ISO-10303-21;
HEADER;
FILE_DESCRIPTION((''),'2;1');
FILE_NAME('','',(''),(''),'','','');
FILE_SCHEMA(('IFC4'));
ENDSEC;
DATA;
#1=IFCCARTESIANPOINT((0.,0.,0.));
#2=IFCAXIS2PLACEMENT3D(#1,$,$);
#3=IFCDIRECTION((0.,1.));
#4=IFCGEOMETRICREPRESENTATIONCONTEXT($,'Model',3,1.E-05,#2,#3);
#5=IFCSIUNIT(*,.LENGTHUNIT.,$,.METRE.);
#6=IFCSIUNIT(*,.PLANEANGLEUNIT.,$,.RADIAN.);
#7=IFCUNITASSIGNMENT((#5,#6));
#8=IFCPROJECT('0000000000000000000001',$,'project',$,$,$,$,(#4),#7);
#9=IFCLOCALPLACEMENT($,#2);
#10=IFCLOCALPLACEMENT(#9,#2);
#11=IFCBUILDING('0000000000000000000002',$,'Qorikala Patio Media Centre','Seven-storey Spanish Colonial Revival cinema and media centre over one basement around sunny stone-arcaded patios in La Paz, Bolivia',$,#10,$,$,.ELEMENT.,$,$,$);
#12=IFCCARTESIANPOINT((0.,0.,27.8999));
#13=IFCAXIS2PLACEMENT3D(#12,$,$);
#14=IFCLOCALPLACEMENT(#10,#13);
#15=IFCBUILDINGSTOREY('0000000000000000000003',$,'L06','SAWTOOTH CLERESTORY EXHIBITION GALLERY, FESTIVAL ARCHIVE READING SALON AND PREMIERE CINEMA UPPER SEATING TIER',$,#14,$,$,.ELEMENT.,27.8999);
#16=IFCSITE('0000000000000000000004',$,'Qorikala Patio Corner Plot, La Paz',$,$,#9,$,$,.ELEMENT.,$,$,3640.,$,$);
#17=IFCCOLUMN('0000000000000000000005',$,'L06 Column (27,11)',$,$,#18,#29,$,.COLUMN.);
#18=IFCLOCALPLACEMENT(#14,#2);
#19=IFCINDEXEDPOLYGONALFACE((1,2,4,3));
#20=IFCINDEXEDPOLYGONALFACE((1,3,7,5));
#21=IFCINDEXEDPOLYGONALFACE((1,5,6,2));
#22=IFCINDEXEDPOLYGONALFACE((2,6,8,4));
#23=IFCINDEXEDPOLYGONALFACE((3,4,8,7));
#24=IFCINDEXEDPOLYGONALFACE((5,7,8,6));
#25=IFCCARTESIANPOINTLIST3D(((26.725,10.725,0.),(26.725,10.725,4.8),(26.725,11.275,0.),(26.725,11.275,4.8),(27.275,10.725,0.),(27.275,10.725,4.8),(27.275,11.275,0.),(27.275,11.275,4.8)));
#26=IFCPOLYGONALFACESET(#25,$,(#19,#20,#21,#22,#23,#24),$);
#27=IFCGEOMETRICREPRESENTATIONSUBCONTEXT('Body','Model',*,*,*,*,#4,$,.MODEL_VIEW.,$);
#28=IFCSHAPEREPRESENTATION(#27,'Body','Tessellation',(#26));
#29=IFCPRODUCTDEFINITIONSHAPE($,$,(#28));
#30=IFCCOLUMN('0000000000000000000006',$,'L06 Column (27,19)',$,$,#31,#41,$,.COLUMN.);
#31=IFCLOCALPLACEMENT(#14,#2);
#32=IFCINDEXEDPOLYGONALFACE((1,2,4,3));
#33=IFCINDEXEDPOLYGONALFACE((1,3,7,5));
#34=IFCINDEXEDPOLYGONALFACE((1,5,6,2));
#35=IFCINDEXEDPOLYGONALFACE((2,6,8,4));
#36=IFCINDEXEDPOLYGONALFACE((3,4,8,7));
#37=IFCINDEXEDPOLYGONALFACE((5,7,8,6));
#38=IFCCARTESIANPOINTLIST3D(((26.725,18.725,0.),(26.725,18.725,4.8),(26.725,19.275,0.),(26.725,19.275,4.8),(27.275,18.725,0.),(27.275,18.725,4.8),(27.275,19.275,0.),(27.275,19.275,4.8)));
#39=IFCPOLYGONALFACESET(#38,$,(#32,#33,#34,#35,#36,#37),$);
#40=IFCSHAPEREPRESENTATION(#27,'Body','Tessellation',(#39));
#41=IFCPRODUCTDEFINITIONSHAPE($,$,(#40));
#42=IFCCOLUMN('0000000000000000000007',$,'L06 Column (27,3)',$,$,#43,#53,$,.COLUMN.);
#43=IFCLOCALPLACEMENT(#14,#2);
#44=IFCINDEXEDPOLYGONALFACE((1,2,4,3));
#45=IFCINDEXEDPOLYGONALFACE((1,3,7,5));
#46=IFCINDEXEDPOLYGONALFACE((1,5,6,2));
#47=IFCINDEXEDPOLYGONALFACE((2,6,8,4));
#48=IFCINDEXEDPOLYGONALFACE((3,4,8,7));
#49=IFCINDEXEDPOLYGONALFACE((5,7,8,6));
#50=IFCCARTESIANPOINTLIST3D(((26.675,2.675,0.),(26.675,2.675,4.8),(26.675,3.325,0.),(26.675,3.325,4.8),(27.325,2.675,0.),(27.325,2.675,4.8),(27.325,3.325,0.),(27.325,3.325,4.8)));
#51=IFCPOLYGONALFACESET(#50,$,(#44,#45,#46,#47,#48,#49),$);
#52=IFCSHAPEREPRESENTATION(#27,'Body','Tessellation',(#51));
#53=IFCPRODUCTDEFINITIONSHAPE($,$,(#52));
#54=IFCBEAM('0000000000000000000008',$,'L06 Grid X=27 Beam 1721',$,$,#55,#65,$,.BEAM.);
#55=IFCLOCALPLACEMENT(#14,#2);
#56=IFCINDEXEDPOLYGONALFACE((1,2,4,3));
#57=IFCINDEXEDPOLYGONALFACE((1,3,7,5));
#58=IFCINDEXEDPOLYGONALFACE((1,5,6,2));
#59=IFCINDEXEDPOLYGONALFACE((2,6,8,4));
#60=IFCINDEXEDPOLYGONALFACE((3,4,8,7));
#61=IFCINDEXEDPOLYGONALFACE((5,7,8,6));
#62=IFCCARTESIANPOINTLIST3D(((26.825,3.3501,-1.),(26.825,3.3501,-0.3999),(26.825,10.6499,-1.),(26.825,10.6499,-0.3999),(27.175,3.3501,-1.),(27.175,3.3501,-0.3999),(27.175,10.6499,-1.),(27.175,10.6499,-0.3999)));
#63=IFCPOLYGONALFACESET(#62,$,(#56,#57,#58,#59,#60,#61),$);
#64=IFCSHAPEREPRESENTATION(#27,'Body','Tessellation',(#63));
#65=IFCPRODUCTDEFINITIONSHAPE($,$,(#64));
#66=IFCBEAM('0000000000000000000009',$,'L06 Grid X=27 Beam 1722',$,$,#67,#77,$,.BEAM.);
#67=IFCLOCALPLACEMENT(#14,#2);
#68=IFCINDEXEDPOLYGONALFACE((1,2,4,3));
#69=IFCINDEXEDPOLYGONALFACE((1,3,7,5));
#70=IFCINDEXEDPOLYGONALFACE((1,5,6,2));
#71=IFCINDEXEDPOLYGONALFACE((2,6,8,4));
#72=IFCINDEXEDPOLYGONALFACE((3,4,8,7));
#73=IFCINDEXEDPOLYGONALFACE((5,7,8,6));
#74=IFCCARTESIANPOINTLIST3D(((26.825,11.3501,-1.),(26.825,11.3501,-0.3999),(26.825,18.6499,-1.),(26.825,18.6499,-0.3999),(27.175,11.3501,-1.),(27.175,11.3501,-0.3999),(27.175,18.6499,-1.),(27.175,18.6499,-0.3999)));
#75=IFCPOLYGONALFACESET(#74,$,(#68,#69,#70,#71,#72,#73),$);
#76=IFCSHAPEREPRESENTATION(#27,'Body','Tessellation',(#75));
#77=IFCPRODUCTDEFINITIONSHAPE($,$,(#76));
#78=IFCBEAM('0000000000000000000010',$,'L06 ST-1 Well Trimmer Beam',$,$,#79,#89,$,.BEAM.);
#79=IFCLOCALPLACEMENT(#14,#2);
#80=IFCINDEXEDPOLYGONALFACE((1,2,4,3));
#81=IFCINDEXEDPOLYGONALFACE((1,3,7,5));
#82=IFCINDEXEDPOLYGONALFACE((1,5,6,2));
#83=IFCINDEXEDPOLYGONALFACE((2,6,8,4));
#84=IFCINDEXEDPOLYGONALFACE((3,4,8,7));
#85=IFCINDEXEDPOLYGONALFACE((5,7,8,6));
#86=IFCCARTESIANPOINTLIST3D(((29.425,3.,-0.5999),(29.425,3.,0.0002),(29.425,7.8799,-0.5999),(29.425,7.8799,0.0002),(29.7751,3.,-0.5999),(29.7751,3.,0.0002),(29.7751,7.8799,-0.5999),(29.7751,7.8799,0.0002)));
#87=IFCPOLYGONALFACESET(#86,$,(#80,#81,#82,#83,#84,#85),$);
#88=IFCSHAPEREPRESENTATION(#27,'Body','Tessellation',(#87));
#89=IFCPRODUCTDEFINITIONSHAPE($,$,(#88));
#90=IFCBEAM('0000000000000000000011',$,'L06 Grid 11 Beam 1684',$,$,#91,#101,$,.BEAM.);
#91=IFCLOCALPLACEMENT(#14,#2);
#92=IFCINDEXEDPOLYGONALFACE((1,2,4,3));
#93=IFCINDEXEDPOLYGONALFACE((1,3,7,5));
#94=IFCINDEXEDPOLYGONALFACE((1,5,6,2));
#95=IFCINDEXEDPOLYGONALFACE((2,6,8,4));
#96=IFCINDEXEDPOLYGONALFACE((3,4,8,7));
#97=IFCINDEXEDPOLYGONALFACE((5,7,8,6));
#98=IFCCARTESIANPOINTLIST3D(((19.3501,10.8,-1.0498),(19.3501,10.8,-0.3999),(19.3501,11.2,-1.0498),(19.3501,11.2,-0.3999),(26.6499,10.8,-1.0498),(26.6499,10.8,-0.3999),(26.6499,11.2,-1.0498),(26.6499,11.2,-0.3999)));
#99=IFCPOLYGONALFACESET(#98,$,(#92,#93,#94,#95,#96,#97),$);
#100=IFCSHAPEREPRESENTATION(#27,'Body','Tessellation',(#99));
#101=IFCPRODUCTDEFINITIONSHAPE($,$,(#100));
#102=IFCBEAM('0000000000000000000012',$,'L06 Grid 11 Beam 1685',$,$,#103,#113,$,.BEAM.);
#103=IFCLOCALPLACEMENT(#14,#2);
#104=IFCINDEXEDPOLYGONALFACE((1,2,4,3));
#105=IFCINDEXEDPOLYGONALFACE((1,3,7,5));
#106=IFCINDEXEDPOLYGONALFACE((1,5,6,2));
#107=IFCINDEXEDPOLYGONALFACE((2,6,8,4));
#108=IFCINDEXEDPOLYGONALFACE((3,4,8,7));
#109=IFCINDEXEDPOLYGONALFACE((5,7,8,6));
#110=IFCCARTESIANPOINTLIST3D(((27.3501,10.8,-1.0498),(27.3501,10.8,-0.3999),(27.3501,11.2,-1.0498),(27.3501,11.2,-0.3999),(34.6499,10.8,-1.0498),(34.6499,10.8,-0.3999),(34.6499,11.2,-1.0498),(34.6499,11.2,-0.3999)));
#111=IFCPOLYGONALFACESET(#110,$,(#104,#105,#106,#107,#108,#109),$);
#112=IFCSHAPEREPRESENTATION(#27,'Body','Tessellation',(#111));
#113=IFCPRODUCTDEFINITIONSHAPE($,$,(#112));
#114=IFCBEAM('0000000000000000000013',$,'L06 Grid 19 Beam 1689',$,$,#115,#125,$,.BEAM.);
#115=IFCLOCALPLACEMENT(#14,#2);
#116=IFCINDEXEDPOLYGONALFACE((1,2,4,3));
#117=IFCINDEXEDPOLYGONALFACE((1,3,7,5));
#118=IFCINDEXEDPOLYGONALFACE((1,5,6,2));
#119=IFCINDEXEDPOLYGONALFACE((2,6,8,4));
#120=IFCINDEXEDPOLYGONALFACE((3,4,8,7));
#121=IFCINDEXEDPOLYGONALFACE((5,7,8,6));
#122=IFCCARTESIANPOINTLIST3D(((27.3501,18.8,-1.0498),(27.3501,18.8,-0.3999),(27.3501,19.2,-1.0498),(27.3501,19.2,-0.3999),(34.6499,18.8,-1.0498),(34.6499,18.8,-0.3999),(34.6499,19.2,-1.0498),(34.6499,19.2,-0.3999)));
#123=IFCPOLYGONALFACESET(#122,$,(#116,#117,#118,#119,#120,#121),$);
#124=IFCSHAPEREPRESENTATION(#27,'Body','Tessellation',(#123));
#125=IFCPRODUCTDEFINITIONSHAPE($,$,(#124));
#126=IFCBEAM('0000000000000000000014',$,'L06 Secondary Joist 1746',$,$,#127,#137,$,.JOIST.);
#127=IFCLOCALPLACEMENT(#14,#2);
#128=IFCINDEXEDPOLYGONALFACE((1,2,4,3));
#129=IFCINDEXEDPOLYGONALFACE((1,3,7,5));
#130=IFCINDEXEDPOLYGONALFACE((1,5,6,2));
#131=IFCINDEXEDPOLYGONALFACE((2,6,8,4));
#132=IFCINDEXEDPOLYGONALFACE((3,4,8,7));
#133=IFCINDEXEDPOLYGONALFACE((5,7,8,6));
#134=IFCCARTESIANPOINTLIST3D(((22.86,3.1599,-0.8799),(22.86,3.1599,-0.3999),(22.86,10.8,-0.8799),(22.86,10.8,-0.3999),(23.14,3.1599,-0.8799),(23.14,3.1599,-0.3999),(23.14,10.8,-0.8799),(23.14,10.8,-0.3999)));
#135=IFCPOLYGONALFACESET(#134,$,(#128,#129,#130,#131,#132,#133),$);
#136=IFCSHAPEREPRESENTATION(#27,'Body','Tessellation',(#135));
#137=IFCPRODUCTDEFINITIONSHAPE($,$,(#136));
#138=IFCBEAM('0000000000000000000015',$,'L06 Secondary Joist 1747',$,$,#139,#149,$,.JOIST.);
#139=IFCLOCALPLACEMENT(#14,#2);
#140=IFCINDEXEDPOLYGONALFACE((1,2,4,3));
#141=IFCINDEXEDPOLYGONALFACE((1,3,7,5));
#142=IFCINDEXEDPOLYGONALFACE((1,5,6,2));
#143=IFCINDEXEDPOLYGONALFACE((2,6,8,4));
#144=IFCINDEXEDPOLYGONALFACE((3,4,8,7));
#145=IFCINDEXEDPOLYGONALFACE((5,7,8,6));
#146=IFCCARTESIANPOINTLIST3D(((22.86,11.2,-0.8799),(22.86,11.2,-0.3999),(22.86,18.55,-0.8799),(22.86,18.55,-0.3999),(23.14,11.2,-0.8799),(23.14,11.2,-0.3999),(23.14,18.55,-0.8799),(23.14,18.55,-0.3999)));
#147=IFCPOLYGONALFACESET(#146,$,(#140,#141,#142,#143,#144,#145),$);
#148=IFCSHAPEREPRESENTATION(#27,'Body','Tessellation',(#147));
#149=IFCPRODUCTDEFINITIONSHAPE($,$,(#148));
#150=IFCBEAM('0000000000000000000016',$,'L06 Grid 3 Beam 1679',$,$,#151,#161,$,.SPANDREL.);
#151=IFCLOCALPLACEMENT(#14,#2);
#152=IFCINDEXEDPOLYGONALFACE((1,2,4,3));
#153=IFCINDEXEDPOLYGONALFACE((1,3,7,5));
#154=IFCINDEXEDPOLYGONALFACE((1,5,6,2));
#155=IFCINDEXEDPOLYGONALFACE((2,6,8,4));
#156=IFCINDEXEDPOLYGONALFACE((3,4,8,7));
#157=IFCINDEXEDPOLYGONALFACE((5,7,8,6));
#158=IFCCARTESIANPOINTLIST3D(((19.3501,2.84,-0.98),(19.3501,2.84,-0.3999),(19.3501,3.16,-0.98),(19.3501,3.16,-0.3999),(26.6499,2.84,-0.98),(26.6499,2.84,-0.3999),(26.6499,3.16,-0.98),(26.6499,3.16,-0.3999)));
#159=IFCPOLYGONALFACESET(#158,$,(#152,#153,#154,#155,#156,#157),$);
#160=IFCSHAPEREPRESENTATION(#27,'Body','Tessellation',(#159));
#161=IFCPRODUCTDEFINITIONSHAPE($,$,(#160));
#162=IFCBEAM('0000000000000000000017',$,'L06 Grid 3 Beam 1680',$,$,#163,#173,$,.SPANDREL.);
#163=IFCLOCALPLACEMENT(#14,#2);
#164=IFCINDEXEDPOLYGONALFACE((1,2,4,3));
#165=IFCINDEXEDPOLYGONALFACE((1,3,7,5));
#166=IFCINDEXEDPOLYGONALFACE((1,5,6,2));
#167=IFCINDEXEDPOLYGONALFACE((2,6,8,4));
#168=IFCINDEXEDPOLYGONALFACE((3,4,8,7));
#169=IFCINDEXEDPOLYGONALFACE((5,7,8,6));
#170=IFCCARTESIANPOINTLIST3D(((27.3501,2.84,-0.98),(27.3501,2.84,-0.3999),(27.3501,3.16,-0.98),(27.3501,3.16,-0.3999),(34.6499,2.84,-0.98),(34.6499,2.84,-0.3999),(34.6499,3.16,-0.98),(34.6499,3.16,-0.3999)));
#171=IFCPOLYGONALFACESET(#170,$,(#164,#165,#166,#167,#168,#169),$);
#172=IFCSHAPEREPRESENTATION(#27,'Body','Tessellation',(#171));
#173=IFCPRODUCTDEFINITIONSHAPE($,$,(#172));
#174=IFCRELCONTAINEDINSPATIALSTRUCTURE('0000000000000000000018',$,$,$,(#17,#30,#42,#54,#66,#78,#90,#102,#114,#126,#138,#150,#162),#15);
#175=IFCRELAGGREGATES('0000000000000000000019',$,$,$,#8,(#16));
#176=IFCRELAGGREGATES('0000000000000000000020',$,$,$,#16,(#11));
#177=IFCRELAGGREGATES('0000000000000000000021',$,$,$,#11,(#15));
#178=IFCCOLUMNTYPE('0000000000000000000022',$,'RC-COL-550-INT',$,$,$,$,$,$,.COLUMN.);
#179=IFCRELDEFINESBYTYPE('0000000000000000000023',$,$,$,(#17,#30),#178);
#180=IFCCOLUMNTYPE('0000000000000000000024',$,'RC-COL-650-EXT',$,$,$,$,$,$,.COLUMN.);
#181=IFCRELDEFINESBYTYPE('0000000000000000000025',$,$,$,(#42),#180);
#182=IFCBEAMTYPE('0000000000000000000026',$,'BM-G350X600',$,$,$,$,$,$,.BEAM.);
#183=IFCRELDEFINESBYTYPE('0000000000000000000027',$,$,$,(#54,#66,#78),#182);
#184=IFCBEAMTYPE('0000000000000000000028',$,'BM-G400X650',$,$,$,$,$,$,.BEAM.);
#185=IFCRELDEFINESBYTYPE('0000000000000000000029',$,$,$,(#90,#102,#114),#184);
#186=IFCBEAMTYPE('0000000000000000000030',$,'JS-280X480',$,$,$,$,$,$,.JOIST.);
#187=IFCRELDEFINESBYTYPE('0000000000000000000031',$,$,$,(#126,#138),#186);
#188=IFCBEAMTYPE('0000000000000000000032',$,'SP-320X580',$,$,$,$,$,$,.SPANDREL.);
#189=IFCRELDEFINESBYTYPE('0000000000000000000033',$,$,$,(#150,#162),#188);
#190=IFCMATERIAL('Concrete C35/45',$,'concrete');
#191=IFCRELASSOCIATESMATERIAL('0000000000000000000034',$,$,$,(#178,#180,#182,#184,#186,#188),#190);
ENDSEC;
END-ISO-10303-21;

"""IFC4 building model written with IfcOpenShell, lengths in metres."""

from ifc_helpers import new_model, si_unit, direction, frame, origin, origin_2d, place, context, subcontext, project, spatial, rectangle, extrude, material, material_profile, profile_set, type_object, element, save


model = new_model("IFC4")

# Units and contexts
model_context = context("Model", 3, precision=1e-05, world=origin(), true_north=direction((0.0, 1.0)))
body_context = subcontext(model_context, "Body", "Model", "MODEL_VIEW")
ifc_project = project(units=[si_unit("LENGTHUNIT", "METRE"), si_unit("PLANEANGLEUNIT", "RADIAN")], contexts=[model_context])

# Site, building, storey
site_placement = place(None, origin())
site = spatial("IfcSite", under=ifc_project, at=site_placement, Name="Qorikala Patio Corner Plot, La Paz", CompositionType="ELEMENT", RefElevation=3640.0)
building_placement = place(site_placement, origin())
building = spatial("IfcBuilding", under=site, at=building_placement, Name="Qorikala Patio Media Centre", Description="Seven-storey Spanish Colonial Revival cinema and media centre over one basement around sunny stone-arcaded patios in La Paz, Bolivia", CompositionType="ELEMENT")
storey_placement = place(building_placement, frame((0.0, 0.0, 27.8999)))
storey = spatial("IfcBuildingStorey", under=building, at=storey_placement, Name="L06", Description="SAWTOOTH CLERESTORY EXHIBITION GALLERY, FESTIVAL ARCHIVE READING SALON AND PREMIERE CINEMA UPPER SEATING TIER", CompositionType="ELEMENT", Elevation=27.8999)

# Columns
ifc_material_1 = material(Name="Concrete C35/45", Category="concrete")
ifc_material_profile_1 = material_profile(ifc_material_1, rectangle(XDim=0.55, YDim=0.55, at=origin_2d()), Name="RC 550x550")
ifc_profile_set_1 = profile_set([ifc_material_profile_1], Name="Concrete C35/45")
column_type_1 = type_object("IfcColumnType", Name="RC-COL-550-INT", PredefinedType="COLUMN", material=ifc_profile_set_1)
for number, where, z_axis, x_axis, name in (
    (1, (27.0, 11.0, 0.0), (0.0, 0.0, 1.0), (1.0, 0.0, 0.0), "L06 Column (27,11)"),
    (2, (27.0, 19.0, 0.0), (0.0, 0.0, 1.0), (1.0, 0.0, 0.0), "L06 Column (27,19)"),
):
    element("IfcColumn", number, at=place(storey_placement, frame(where, z_axis=z_axis, x_axis=x_axis)), inside=storey, type_object=column_type_1, Name=name, PredefinedType="COLUMN", context=body_context, shape_type="SweptSolid", body=[
        extrude(rectangle(XDim=0.55, YDim=0.55, at=origin_2d()), origin(), (0.0, 0.0, 1.0), 4.8),
    ])
ifc_material_profile_2 = material_profile(ifc_material_1, rectangle(XDim=0.6499, YDim=0.6499, at=origin_2d()), Name="RC 650x650")
ifc_profile_set_2 = profile_set([ifc_material_profile_2], Name="Concrete C35/45")
column_type_2 = type_object("IfcColumnType", Name="RC-COL-650-EXT", PredefinedType="COLUMN", material=ifc_profile_set_2)
column_placement = place(storey_placement, frame((27.0, 3.0, 0.0), z_axis=(0.0, 0.0, 1.0), x_axis=(1.0, 0.0, 0.0)))
element("IfcColumn", 3, at=column_placement, inside=storey, type_object=column_type_2, Name="L06 Column (27,3)", PredefinedType="COLUMN", context=body_context, shape_type="SweptSolid", body=[
    extrude(rectangle(XDim=0.6499, YDim=0.6499, at=origin_2d()), origin(), (0.0, 0.0, 1.0), 4.8),
])

# Beams
ifc_material_profile_3 = material_profile(ifc_material_1, rectangle(XDim=0.3501, YDim=0.6001, at=origin_2d()), Name="RC 350x600")
ifc_profile_set_3 = profile_set([ifc_material_profile_3], Name="Concrete C35/45")
beam_type_1 = type_object("IfcBeamType", Name="BM-G350X600", PredefinedType="BEAM", material=ifc_profile_set_3)
for number, where, z_axis, x_axis, name in (
    (4, (27.0, 3.3501, -0.7), (0.0, 1.0, 0.0), (-1.0, 0.0, 0.0), "L06 Grid X=27 Beam 1721"),
    (5, (27.0, 11.3501, -0.7), (0.0, 1.0, 0.0), (-1.0, 0.0, 0.0), "L06 Grid X=27 Beam 1722"),
):
    element("IfcBeam", number, at=place(storey_placement, frame(where, z_axis=z_axis, x_axis=x_axis)), inside=storey, type_object=beam_type_1, Name=name, PredefinedType="BEAM", context=body_context, shape_type="SweptSolid", body=[
        extrude(rectangle(XDim=0.3501, YDim=0.6001, at=origin_2d()), origin(), (0.0, 0.0, 1.0), 7.2998),
    ])
beam_1_placement = place(storey_placement, frame((29.6001, 3.0, -0.2998), z_axis=(0.0, 1.0, 0.0), x_axis=(-1.0, 0.0, 0.0)))
element("IfcBeam", 6, at=beam_1_placement, inside=storey, type_object=beam_type_1, Name="L06 ST-1 Well Trimmer Beam", PredefinedType="BEAM", context=body_context, shape_type="SweptSolid", body=[
    extrude(rectangle(XDim=0.3501, YDim=0.6001, at=origin_2d()), origin(), (0.0, 0.0, 1.0), 4.8799),
])
ifc_material_profile_4 = material_profile(ifc_material_1, rectangle(XDim=0.3999, YDim=0.6499, at=origin_2d()), Name="RC 400x650")
ifc_profile_set_4 = profile_set([ifc_material_profile_4], Name="Concrete C35/45")
beam_type_2 = type_object("IfcBeamType", Name="BM-G400X650", PredefinedType="BEAM", material=ifc_profile_set_4)
for number, where, z_axis, x_axis, name in (
    (7, (19.3501, 11.0, -0.7249), (1.0, 0.0, 0.0), (0.0, 1.0, 0.0), "L06 Grid 11 Beam 1684"),
    (8, (27.3501, 11.0, -0.7249), (1.0, 0.0, 0.0), (0.0, 1.0, 0.0), "L06 Grid 11 Beam 1685"),
    (9, (27.3501, 19.0, -0.7249), (1.0, 0.0, 0.0), (0.0, 1.0, 0.0), "L06 Grid 19 Beam 1689"),
):
    element("IfcBeam", number, at=place(storey_placement, frame(where, z_axis=z_axis, x_axis=x_axis)), inside=storey, type_object=beam_type_2, Name=name, PredefinedType="BEAM", context=body_context, shape_type="SweptSolid", body=[
        extrude(rectangle(XDim=0.3999, YDim=0.6499, at=origin_2d()), origin(), (0.0, 0.0, 1.0), 7.2998),
    ])
ifc_material_profile_5 = material_profile(ifc_material_1, rectangle(XDim=0.28, YDim=0.48, at=origin_2d()), Name="RC 280x480")
ifc_profile_set_5 = profile_set([ifc_material_profile_5], Name="Concrete C35/45")
beam_type_3 = type_object("IfcBeamType", Name="JS-280X480", PredefinedType="JOIST", material=ifc_profile_set_5)
beam_2_placement = place(storey_placement, frame((23.0, 3.1599, -0.6399), z_axis=(0.0, 1.0, 0.0), x_axis=(-1.0, 0.0, 0.0)))
element("IfcBeam", 10, at=beam_2_placement, inside=storey, type_object=beam_type_3, Name="L06 Secondary Joist 1746", PredefinedType="JOIST", context=body_context, shape_type="SweptSolid", body=[
    extrude(rectangle(XDim=0.28, YDim=0.48, at=origin_2d()), origin(), (0.0, 0.0, 1.0), 7.6401),
])
beam_3_placement = place(storey_placement, frame((23.0, 11.2, -0.6399), z_axis=(0.0, 1.0, 0.0), x_axis=(-1.0, 0.0, 0.0)))
element("IfcBeam", 11, at=beam_3_placement, inside=storey, type_object=beam_type_3, Name="L06 Secondary Joist 1747", PredefinedType="JOIST", context=body_context, shape_type="SweptSolid", body=[
    extrude(rectangle(XDim=0.28, YDim=0.48, at=origin_2d()), origin(), (0.0, 0.0, 1.0), 7.3501),
])
ifc_material_profile_6 = material_profile(ifc_material_1, rectangle(XDim=0.3201, YDim=0.5801, at=origin_2d()), Name="RC 320x580")
ifc_profile_set_6 = profile_set([ifc_material_profile_6], Name="Concrete C35/45")
beam_type_4 = type_object("IfcBeamType", Name="SP-320X580", PredefinedType="SPANDREL", material=ifc_profile_set_6)
for number, where, z_axis, x_axis, name in (
    (12, (19.3501, 3.0, -0.6899), (1.0, 0.0, 0.0), (0.0, 1.0, 0.0), "L06 Grid 3 Beam 1679"),
    (13, (27.3501, 3.0, -0.6899), (1.0, 0.0, 0.0), (0.0, 1.0, 0.0), "L06 Grid 3 Beam 1680"),
):
    element("IfcBeam", number, at=place(storey_placement, frame(where, z_axis=z_axis, x_axis=x_axis)), inside=storey, type_object=beam_type_4, Name=name, PredefinedType="SPANDREL", context=body_context, shape_type="SweptSolid", body=[
        extrude(rectangle(XDim=0.3201, YDim=0.5801, at=origin_2d()), origin(), (0.0, 0.0, 1.0), 7.2998),
    ])

save(model, "model.ifc")
